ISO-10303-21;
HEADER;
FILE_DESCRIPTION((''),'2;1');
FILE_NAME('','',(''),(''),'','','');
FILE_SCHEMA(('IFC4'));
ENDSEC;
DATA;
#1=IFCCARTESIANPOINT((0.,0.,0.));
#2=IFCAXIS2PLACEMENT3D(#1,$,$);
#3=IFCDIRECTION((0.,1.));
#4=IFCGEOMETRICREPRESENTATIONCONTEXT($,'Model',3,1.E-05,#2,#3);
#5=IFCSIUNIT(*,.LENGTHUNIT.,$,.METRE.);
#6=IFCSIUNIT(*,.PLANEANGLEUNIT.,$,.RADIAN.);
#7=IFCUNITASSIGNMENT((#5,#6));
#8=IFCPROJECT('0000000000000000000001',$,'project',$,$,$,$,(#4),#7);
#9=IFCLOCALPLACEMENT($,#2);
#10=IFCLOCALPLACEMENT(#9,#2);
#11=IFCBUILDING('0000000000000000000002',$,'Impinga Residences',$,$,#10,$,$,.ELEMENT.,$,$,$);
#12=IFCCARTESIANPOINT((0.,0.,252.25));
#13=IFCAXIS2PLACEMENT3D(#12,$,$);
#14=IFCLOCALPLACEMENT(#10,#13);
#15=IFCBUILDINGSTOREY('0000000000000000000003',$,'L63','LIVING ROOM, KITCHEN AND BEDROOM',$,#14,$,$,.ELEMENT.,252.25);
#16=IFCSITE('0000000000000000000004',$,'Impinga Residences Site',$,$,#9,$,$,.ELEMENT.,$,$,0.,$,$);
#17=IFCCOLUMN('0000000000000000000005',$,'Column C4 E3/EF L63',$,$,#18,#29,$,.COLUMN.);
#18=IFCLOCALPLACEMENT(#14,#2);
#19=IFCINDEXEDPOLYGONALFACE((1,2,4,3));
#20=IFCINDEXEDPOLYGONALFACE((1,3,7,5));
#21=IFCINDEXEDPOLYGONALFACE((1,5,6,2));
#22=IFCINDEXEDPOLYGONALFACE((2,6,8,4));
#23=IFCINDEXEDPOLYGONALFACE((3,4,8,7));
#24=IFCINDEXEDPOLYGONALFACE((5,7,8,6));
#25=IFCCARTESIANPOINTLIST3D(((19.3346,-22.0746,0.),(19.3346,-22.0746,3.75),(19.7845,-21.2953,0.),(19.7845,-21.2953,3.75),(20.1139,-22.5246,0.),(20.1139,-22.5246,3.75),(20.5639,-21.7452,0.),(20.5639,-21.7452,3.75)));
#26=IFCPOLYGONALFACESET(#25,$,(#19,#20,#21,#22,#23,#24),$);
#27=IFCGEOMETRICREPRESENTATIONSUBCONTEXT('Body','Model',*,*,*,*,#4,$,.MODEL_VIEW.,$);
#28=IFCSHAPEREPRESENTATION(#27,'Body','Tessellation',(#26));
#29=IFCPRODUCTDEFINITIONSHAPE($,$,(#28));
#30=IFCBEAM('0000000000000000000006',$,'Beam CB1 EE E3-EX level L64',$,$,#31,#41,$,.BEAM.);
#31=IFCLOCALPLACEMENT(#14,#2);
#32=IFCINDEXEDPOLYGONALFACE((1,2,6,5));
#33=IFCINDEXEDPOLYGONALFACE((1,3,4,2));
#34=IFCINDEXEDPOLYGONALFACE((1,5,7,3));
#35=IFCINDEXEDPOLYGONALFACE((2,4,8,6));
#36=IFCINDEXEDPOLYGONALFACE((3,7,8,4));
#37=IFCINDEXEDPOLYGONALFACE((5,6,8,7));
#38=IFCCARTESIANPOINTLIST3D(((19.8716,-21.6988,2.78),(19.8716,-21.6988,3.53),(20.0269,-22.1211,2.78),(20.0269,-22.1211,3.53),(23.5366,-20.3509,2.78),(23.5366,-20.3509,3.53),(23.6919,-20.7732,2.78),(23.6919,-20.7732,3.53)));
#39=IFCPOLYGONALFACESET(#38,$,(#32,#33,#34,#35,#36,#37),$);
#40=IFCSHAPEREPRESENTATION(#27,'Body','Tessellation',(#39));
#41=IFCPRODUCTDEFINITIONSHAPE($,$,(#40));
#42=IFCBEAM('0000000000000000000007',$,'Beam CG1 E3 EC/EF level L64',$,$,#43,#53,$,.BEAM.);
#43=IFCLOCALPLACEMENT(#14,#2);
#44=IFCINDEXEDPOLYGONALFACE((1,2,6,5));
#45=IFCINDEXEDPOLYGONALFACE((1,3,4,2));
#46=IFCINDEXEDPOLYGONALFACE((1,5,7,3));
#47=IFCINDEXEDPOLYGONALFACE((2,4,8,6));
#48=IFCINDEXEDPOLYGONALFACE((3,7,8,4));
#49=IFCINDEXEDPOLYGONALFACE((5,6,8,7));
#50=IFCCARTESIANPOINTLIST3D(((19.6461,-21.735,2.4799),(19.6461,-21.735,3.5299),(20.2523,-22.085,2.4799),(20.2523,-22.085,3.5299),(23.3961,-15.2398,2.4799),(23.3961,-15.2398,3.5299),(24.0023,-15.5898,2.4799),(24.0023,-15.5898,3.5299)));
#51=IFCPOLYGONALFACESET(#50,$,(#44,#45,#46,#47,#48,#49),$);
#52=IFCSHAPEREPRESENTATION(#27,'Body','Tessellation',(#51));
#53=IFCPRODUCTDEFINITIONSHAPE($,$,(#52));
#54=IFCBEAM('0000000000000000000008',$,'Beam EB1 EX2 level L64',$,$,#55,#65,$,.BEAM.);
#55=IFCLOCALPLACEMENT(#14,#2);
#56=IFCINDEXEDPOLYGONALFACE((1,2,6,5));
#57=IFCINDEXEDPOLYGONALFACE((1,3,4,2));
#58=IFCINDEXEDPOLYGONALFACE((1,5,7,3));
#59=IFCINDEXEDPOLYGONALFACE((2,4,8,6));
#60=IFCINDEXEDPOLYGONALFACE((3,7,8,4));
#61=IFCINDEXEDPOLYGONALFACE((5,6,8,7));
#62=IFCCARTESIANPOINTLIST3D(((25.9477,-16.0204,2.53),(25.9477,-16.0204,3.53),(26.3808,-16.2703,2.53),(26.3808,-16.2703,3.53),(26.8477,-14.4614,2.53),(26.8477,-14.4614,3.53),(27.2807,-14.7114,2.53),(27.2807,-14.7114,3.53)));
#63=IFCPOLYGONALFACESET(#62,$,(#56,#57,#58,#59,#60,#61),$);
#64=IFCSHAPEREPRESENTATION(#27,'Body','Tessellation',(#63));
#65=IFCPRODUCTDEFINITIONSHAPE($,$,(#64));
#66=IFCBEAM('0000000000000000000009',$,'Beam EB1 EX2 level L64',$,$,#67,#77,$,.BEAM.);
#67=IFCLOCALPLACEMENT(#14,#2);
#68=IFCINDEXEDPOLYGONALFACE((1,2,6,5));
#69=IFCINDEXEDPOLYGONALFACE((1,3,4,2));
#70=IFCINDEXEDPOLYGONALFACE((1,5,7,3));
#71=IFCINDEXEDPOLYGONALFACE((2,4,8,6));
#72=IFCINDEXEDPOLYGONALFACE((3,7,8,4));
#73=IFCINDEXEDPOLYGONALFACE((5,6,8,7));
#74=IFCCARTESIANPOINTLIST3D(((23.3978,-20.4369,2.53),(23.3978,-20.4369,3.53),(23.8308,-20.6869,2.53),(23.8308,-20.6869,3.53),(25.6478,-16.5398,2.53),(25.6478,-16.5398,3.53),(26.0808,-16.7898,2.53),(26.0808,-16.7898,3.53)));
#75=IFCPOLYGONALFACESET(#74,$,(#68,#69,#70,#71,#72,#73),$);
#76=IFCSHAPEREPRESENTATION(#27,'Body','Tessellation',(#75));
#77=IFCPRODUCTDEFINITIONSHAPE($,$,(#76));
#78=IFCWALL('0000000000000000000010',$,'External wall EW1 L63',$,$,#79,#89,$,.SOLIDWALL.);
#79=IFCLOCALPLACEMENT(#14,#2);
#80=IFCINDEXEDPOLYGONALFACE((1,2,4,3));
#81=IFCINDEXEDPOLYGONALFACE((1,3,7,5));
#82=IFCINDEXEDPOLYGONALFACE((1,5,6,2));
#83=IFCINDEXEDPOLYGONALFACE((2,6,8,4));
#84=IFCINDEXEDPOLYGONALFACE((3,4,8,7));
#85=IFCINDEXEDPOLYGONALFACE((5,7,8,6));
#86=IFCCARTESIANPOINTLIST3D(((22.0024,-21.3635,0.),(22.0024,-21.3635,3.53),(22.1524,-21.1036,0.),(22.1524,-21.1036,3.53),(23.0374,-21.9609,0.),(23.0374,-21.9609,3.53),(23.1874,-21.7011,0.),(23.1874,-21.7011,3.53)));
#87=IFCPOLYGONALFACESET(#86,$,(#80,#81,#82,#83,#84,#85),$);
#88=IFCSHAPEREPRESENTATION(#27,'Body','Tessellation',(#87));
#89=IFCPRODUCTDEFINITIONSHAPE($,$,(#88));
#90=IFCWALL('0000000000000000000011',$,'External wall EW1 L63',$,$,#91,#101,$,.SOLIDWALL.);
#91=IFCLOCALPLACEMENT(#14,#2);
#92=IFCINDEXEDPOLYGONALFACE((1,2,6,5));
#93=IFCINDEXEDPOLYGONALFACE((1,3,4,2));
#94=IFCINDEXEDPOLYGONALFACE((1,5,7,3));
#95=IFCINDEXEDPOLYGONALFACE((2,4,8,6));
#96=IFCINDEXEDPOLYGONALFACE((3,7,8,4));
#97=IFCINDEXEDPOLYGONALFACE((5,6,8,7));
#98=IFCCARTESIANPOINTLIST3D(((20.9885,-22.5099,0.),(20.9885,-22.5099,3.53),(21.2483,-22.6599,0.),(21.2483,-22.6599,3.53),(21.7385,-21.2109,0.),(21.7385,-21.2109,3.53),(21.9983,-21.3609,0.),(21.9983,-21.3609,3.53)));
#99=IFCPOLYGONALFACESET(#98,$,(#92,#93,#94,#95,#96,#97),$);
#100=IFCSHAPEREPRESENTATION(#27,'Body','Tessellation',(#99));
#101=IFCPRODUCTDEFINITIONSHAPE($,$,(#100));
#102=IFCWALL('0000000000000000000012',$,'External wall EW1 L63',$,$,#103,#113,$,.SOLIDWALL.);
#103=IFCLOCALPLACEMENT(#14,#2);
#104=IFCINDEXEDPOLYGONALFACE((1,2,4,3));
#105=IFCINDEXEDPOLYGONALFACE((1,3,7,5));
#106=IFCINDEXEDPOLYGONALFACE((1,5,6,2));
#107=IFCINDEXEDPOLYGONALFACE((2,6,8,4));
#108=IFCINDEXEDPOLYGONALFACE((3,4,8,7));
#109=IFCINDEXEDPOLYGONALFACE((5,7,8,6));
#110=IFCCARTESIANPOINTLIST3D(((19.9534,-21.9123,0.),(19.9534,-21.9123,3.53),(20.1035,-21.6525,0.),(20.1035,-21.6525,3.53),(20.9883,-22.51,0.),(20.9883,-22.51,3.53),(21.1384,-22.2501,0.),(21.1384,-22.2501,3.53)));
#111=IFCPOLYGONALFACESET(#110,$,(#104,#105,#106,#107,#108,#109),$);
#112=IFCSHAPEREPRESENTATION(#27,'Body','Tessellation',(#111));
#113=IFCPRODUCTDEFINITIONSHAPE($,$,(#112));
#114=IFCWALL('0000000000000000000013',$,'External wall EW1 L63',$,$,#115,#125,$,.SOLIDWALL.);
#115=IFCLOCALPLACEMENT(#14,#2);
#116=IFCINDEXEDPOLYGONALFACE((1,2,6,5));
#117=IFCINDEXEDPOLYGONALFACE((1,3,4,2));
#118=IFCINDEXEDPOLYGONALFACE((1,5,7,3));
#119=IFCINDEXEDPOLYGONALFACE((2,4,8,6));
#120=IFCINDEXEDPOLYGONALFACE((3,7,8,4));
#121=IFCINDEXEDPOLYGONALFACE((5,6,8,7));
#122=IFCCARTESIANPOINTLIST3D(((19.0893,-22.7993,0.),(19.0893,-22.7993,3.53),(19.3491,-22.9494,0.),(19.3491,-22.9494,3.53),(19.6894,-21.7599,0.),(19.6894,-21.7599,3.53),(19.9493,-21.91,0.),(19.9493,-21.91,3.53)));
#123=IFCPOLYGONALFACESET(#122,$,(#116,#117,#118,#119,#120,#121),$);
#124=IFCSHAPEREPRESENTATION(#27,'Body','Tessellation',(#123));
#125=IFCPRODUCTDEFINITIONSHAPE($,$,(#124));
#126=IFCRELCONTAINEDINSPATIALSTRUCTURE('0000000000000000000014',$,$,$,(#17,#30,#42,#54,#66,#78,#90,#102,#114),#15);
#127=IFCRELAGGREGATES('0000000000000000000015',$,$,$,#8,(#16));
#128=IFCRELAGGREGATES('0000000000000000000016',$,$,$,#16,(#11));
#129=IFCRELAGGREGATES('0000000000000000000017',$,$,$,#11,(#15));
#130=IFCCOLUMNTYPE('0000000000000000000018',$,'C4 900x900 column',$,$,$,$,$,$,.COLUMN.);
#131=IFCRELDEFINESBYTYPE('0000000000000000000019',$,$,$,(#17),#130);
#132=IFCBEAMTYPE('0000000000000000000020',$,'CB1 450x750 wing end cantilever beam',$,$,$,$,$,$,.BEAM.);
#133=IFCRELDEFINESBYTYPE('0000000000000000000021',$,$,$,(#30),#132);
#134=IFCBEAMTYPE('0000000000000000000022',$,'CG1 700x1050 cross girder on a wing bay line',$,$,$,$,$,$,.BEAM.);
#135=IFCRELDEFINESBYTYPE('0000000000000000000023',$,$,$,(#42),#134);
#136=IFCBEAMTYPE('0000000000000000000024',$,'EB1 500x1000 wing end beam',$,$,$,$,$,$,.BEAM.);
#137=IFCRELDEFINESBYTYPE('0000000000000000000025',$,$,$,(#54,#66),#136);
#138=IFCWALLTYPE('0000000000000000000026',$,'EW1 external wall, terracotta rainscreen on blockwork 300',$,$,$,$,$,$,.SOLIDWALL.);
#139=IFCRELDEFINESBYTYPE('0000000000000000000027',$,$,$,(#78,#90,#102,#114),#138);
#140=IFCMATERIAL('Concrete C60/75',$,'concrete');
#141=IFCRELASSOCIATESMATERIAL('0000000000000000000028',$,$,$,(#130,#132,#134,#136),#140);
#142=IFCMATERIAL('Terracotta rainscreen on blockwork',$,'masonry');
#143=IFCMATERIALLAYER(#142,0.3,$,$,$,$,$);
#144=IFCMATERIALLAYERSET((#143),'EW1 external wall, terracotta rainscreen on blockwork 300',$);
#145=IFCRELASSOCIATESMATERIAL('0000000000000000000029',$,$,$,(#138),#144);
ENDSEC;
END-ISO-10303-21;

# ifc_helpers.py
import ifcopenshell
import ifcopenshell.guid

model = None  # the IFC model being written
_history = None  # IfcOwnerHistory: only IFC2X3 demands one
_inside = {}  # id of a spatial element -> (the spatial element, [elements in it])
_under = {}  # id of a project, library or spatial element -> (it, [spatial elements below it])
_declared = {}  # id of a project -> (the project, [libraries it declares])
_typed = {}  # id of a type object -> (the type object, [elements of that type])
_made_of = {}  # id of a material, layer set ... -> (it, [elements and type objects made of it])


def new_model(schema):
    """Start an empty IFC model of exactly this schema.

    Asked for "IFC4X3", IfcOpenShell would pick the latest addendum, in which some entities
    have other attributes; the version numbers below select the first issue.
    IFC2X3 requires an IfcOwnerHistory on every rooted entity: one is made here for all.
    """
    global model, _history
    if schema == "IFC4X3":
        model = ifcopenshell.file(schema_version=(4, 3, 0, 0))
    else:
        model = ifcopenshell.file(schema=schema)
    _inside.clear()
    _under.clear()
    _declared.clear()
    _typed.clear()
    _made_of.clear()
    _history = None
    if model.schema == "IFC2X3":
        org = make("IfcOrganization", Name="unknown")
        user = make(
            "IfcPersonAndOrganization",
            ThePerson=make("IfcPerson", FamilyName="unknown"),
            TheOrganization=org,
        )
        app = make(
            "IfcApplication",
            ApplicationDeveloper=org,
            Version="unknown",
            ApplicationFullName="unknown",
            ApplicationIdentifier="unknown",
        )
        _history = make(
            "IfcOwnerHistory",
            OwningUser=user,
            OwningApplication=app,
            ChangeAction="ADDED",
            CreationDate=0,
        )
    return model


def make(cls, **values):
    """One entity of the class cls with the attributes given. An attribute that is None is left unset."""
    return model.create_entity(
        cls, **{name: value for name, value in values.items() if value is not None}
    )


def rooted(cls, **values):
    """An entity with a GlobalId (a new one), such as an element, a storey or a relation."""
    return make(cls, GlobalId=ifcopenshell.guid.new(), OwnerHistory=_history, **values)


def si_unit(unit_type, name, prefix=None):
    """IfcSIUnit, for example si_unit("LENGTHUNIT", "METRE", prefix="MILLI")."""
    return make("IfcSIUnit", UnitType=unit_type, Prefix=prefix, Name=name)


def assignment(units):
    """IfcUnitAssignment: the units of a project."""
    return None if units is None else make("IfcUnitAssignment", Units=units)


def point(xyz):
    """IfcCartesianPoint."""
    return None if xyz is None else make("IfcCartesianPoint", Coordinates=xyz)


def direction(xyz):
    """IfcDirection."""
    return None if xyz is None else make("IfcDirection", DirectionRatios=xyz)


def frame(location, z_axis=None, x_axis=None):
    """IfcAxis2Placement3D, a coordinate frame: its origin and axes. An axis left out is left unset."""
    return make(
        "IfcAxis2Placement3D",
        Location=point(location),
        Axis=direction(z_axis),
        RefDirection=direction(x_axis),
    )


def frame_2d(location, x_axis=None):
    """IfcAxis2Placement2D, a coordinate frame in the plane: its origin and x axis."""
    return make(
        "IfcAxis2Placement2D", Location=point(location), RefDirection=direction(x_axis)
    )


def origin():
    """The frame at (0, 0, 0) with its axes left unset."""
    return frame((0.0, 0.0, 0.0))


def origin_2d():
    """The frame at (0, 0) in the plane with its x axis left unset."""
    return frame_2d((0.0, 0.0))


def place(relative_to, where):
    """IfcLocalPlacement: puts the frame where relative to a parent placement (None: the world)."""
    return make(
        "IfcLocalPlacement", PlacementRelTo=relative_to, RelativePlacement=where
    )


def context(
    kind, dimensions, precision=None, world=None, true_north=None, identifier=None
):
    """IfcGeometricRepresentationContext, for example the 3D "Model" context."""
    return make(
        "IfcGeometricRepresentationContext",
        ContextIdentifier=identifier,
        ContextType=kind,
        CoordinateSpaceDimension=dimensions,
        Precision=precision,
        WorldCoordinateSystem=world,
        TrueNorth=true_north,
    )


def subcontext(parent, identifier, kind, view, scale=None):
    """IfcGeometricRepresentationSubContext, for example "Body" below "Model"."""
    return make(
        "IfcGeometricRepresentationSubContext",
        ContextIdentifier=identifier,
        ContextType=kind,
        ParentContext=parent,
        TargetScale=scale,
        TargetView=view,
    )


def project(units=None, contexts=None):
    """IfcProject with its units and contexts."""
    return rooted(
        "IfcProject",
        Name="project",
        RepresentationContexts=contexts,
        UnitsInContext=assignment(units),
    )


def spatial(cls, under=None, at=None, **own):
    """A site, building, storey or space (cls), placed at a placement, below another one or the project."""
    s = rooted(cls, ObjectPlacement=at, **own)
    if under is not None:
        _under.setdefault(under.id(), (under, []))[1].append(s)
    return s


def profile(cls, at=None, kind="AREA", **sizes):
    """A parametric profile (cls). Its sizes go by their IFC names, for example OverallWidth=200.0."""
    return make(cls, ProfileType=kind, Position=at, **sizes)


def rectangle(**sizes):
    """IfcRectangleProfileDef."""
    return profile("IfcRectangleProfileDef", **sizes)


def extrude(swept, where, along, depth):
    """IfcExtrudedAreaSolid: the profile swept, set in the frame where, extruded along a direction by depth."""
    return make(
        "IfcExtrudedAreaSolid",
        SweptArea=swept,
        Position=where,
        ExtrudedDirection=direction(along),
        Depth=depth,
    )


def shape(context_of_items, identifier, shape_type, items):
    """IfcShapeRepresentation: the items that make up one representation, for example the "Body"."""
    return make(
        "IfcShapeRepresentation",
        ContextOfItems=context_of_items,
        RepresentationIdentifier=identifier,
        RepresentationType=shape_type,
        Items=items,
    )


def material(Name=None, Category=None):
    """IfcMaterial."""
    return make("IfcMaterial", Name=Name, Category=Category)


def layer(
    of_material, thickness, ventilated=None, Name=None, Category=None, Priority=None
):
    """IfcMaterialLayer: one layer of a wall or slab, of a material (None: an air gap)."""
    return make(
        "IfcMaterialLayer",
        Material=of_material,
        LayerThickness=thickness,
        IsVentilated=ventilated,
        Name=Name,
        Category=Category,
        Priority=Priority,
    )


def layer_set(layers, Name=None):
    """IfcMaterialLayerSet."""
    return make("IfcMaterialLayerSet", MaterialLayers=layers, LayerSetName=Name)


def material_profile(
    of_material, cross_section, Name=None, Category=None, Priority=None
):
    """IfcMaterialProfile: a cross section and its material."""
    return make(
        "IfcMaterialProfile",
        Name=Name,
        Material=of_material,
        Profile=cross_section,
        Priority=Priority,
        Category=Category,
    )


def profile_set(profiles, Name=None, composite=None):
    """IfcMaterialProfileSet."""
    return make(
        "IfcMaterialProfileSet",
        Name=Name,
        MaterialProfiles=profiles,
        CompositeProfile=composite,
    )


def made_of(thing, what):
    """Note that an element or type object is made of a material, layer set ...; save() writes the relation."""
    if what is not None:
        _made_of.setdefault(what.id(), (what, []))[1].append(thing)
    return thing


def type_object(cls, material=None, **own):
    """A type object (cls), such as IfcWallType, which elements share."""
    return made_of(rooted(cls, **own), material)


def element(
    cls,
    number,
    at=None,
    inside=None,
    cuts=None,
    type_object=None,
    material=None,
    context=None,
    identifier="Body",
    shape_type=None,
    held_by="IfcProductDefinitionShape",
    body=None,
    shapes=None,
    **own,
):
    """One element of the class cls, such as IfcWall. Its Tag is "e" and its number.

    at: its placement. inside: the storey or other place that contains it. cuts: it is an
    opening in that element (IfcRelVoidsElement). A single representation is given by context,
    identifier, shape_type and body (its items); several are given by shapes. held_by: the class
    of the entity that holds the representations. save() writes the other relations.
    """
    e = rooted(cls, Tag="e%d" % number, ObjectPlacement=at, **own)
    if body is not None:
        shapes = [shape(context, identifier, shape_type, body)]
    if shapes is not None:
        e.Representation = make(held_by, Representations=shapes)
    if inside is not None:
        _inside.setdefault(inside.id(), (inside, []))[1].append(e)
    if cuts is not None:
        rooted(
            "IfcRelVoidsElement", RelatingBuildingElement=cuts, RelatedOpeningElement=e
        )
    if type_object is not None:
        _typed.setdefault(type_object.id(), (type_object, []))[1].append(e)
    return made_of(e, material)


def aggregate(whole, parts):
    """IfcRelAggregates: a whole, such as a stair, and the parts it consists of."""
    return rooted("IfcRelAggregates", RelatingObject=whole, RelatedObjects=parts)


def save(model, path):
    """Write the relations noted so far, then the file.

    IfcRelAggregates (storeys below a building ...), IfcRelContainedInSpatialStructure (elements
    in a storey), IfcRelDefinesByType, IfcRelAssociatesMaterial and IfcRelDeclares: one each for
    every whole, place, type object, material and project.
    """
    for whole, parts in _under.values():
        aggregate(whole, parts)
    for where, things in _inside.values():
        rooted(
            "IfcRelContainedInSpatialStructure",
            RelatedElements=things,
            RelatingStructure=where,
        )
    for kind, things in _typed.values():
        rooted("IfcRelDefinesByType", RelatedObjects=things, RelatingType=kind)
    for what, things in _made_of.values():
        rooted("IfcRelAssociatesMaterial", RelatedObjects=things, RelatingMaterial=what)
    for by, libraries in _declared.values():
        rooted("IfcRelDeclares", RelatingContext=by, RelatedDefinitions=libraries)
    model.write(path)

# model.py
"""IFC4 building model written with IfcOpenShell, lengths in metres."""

from ifc_helpers import new_model, si_unit, direction, frame, frame_2d, origin, origin_2d, place, context, subcontext, project, spatial, rectangle, extrude, material, layer, layer_set, material_profile, profile_set, type_object, element, save


model = new_model("IFC4")

# Units and contexts
model_context = context("Model", 3, precision=1e-05, world=origin(), true_north=direction((0.0, 1.0)))
body_context = subcontext(model_context, "Body", "Model", "MODEL_VIEW")
ifc_project = project(units=[si_unit("LENGTHUNIT", "METRE"), si_unit("PLANEANGLEUNIT", "RADIAN")], contexts=[model_context])

# Site, building, storey
site_placement = place(None, origin())
site = spatial("IfcSite", under=ifc_project, at=site_placement, Name="Impinga Residences Site", CompositionType="ELEMENT", RefElevation=0.0)
building_placement = place(site_placement, origin())
building = spatial("IfcBuilding", under=site, at=building_placement, Name="Impinga Residences", CompositionType="ELEMENT")
storey_placement = place(building_placement, frame((0.0, 0.0, 252.25)))
storey = spatial("IfcBuildingStorey", under=building, at=storey_placement, Name="L63", Description="LIVING ROOM, KITCHEN AND BEDROOM", CompositionType="ELEMENT", Elevation=252.25)

# Column
ifc_material_1 = material(Name="Concrete C60/75", Category="concrete")
ifc_material_profile_1 = material_profile(ifc_material_1, rectangle(XDim=0.8999, YDim=0.8999, at=origin_2d()), Name="RC 900x900")
ifc_profile_set_1 = profile_set([ifc_material_profile_1], Name="Concrete C60/75")
column_type = type_object("IfcColumnType", Name="C4 900x900 column", PredefinedType="COLUMN", material=ifc_profile_set_1)
column_placement = place(storey_placement, frame((19.9492, -21.9099, 0.0), z_axis=(0.0, 0.0, 1.0), x_axis=(-0.5, -0.866025, 0.0)))
element("IfcColumn", 1, at=column_placement, inside=storey, type_object=column_type, Name="Column C4 E3/EF L63", PredefinedType="COLUMN", context=body_context, shape_type="SweptSolid", body=[
    extrude(rectangle(XDim=0.8999, YDim=0.8999, at=origin_2d()), origin(), (0.0, 0.0, 1.0), 3.75),
])

# Beams
ifc_material_profile_2 = material_profile(ifc_material_1, rectangle(XDim=0.45, YDim=0.75, at=origin_2d()), Name="RC 450x750")
ifc_profile_set_2 = profile_set([ifc_material_profile_2], Name="Concrete C60/75")
beam_type_1 = type_object("IfcBeamType", Name="CB1 450x750 wing end cantilever beam", PredefinedType="BEAM", material=ifc_profile_set_2)
beam_1_placement = place(storey_placement, frame((19.9492, -21.9099, 3.155), z_axis=(0.93854, 0.345169, 0.0), x_axis=(-0.345169, 0.93854, 0.0)))
element("IfcBeam", 2, at=beam_1_placement, inside=storey, type_object=beam_type_1, Name="Beam CB1 EE E3-EX level L64", PredefinedType="BEAM", context=body_context, shape_type="SweptSolid", body=[
    extrude(rectangle(XDim=0.45, YDim=0.75, at=origin_2d()), origin(), (0.0, 0.0, 1.0), 3.905),
])
ifc_material_profile_3 = material_profile(ifc_material_1, rectangle(XDim=0.7, YDim=1.05, at=origin_2d()), Name="RC 700x1050")
ifc_profile_set_3 = profile_set([ifc_material_profile_3], Name="Concrete C60/75")
beam_type_2 = type_object("IfcBeamType", Name="CG1 700x1050 cross girder on a wing bay line", PredefinedType="BEAM", material=ifc_profile_set_3)
beam_2_placement = place(storey_placement, frame((23.6992, -15.4148, 3.0049), z_axis=(-0.500004, -0.866023, 0.0), x_axis=(0.866023, -0.500004, 0.0)))
element("IfcBeam", 3, at=beam_2_placement, inside=storey, type_object=beam_type_2, Name="Beam CG1 E3 EC/EF level L64", PredefinedType="BEAM", context=body_context, shape_type="SweptSolid", body=[
    extrude(rectangle(XDim=0.7, YDim=1.05, at=origin_2d()), origin(), (0.0, 0.0, 1.0), 7.5),
])
ifc_material_profile_4 = material_profile(ifc_material_1, rectangle(XDim=0.5, YDim=1.0, at=origin_2d()), Name="RC 500x1000")
ifc_profile_set_4 = profile_set([ifc_material_profile_4], Name="Concrete C60/75")
beam_type_3 = type_object("IfcBeamType", Name="EB1 500x1000 wing end beam", PredefinedType="BEAM", material=ifc_profile_set_4)
beam_3_placement = place(storey_placement, frame((27.0642, -14.5864, 3.03), z_axis=(-0.499961, -0.866048, 0.0), x_axis=(0.866048, -0.499961, 0.0)))
element("IfcBeam", 4, at=beam_3_placement, inside=storey, type_object=beam_type_3, Name="Beam EB1 EX2 level L64", PredefinedType="BEAM", context=body_context, shape_type="SweptSolid", body=[
    extrude(rectangle(XDim=0.5, YDim=1.0, at=origin_2d()), origin(), (0.0, 0.0, 1.0), 1.8),
])
beam_4_placement = place(storey_placement, frame((25.8643, -16.6648, 3.03), z_axis=(-0.49999, -0.866031, 0.0), x_axis=(0.866031, -0.49999, 0.0)))
element("IfcBeam", 5, at=beam_4_placement, inside=storey, type_object=beam_type_3, Name="Beam EB1 EX2 level L64", PredefinedType="BEAM", context=body_context, shape_type="SweptSolid", body=[
    extrude(rectangle(XDim=0.5, YDim=1.0, at=origin_2d()), origin(), (0.0, 0.0, 1.0), 4.5),
])

# Walls
ifc_material_2 = material(Name="Terracotta rainscreen on blockwork", Category="masonry")
ifc_layer_1 = layer(ifc_material_2, 0.3)
ifc_layer_set_1 = layer_set([ifc_layer_1], Name="EW1 external wall, terracotta rainscreen on blockwork 300")
wall_type_1 = type_object("IfcWallType", Name="EW1 external wall, terracotta rainscreen on blockwork 300", PredefinedType="SOLIDWALL", material=ifc_layer_set_1)
wall_1_placement = place(storey_placement, frame((23.1125, -21.8311, 0.0), z_axis=(0.0, 0.0, 1.0), x_axis=(-0.86606, 0.499941, 0.0)))
element("IfcWall", 6, at=wall_1_placement, inside=storey, type_object=wall_type_1, Name="External wall EW1 L63", PredefinedType="SOLIDWALL", context=body_context, shape_type="SweptSolid", body=[
    extrude(rectangle(XDim=1.1951, YDim=0.3, at=frame_2d((0.5977, 0.0))), origin(), (0.0, 0.0, 1.0), 3.53),
])
wall_2_placement = place(storey_placement, frame((21.8684, -21.2859, 0.0), z_axis=(0.0, 0.0, 1.0), x_axis=(-0.49999, -0.866031, 0.0)))
element("IfcWall", 7, at=wall_2_placement, inside=storey, type_object=wall_type_1, Name="External wall EW1 L63", PredefinedType="SOLIDWALL", context=body_context, shape_type="SweptSolid", body=[
    extrude(rectangle(XDim=1.5, YDim=0.3, at=frame_2d((0.75, 0.0))), origin(), (0.0, 0.0, 1.0), 3.53),
])
wall_3_placement = place(storey_placement, frame((21.0635, -22.3801, 0.0), z_axis=(0.0, 0.0, 1.0), x_axis=(-0.865971, 0.500094, 0.0)))
element("IfcWall", 8, at=wall_3_placement, inside=storey, type_object=wall_type_1, Name="External wall EW1 L63", PredefinedType="SOLIDWALL", context=body_context, shape_type="SweptSolid", body=[
    extrude(rectangle(XDim=1.1951, YDim=0.3, at=frame_2d((0.5977, 0.0))), origin(), (0.0, 0.0, 1.0), 3.53),
])
wall_4_placement = place(storey_placement, frame((19.8193, -21.835, 0.0), z_axis=(0.0, 0.0, 1.0), x_axis=(-0.500034, -0.866006, 0.0)))
element("IfcWall", 9, at=wall_4_placement, inside=storey, type_object=wall_type_1, Name="External wall EW1 L63", PredefinedType="SOLIDWALL", context=body_context, shape_type="SweptSolid", body=[
    extrude(rectangle(XDim=1.2002, YDim=0.3, at=frame_2d((0.6001, 0.0))), origin(), (0.0, 0.0, 1.0), 3.53),
])

save(model, "model.ifc")
